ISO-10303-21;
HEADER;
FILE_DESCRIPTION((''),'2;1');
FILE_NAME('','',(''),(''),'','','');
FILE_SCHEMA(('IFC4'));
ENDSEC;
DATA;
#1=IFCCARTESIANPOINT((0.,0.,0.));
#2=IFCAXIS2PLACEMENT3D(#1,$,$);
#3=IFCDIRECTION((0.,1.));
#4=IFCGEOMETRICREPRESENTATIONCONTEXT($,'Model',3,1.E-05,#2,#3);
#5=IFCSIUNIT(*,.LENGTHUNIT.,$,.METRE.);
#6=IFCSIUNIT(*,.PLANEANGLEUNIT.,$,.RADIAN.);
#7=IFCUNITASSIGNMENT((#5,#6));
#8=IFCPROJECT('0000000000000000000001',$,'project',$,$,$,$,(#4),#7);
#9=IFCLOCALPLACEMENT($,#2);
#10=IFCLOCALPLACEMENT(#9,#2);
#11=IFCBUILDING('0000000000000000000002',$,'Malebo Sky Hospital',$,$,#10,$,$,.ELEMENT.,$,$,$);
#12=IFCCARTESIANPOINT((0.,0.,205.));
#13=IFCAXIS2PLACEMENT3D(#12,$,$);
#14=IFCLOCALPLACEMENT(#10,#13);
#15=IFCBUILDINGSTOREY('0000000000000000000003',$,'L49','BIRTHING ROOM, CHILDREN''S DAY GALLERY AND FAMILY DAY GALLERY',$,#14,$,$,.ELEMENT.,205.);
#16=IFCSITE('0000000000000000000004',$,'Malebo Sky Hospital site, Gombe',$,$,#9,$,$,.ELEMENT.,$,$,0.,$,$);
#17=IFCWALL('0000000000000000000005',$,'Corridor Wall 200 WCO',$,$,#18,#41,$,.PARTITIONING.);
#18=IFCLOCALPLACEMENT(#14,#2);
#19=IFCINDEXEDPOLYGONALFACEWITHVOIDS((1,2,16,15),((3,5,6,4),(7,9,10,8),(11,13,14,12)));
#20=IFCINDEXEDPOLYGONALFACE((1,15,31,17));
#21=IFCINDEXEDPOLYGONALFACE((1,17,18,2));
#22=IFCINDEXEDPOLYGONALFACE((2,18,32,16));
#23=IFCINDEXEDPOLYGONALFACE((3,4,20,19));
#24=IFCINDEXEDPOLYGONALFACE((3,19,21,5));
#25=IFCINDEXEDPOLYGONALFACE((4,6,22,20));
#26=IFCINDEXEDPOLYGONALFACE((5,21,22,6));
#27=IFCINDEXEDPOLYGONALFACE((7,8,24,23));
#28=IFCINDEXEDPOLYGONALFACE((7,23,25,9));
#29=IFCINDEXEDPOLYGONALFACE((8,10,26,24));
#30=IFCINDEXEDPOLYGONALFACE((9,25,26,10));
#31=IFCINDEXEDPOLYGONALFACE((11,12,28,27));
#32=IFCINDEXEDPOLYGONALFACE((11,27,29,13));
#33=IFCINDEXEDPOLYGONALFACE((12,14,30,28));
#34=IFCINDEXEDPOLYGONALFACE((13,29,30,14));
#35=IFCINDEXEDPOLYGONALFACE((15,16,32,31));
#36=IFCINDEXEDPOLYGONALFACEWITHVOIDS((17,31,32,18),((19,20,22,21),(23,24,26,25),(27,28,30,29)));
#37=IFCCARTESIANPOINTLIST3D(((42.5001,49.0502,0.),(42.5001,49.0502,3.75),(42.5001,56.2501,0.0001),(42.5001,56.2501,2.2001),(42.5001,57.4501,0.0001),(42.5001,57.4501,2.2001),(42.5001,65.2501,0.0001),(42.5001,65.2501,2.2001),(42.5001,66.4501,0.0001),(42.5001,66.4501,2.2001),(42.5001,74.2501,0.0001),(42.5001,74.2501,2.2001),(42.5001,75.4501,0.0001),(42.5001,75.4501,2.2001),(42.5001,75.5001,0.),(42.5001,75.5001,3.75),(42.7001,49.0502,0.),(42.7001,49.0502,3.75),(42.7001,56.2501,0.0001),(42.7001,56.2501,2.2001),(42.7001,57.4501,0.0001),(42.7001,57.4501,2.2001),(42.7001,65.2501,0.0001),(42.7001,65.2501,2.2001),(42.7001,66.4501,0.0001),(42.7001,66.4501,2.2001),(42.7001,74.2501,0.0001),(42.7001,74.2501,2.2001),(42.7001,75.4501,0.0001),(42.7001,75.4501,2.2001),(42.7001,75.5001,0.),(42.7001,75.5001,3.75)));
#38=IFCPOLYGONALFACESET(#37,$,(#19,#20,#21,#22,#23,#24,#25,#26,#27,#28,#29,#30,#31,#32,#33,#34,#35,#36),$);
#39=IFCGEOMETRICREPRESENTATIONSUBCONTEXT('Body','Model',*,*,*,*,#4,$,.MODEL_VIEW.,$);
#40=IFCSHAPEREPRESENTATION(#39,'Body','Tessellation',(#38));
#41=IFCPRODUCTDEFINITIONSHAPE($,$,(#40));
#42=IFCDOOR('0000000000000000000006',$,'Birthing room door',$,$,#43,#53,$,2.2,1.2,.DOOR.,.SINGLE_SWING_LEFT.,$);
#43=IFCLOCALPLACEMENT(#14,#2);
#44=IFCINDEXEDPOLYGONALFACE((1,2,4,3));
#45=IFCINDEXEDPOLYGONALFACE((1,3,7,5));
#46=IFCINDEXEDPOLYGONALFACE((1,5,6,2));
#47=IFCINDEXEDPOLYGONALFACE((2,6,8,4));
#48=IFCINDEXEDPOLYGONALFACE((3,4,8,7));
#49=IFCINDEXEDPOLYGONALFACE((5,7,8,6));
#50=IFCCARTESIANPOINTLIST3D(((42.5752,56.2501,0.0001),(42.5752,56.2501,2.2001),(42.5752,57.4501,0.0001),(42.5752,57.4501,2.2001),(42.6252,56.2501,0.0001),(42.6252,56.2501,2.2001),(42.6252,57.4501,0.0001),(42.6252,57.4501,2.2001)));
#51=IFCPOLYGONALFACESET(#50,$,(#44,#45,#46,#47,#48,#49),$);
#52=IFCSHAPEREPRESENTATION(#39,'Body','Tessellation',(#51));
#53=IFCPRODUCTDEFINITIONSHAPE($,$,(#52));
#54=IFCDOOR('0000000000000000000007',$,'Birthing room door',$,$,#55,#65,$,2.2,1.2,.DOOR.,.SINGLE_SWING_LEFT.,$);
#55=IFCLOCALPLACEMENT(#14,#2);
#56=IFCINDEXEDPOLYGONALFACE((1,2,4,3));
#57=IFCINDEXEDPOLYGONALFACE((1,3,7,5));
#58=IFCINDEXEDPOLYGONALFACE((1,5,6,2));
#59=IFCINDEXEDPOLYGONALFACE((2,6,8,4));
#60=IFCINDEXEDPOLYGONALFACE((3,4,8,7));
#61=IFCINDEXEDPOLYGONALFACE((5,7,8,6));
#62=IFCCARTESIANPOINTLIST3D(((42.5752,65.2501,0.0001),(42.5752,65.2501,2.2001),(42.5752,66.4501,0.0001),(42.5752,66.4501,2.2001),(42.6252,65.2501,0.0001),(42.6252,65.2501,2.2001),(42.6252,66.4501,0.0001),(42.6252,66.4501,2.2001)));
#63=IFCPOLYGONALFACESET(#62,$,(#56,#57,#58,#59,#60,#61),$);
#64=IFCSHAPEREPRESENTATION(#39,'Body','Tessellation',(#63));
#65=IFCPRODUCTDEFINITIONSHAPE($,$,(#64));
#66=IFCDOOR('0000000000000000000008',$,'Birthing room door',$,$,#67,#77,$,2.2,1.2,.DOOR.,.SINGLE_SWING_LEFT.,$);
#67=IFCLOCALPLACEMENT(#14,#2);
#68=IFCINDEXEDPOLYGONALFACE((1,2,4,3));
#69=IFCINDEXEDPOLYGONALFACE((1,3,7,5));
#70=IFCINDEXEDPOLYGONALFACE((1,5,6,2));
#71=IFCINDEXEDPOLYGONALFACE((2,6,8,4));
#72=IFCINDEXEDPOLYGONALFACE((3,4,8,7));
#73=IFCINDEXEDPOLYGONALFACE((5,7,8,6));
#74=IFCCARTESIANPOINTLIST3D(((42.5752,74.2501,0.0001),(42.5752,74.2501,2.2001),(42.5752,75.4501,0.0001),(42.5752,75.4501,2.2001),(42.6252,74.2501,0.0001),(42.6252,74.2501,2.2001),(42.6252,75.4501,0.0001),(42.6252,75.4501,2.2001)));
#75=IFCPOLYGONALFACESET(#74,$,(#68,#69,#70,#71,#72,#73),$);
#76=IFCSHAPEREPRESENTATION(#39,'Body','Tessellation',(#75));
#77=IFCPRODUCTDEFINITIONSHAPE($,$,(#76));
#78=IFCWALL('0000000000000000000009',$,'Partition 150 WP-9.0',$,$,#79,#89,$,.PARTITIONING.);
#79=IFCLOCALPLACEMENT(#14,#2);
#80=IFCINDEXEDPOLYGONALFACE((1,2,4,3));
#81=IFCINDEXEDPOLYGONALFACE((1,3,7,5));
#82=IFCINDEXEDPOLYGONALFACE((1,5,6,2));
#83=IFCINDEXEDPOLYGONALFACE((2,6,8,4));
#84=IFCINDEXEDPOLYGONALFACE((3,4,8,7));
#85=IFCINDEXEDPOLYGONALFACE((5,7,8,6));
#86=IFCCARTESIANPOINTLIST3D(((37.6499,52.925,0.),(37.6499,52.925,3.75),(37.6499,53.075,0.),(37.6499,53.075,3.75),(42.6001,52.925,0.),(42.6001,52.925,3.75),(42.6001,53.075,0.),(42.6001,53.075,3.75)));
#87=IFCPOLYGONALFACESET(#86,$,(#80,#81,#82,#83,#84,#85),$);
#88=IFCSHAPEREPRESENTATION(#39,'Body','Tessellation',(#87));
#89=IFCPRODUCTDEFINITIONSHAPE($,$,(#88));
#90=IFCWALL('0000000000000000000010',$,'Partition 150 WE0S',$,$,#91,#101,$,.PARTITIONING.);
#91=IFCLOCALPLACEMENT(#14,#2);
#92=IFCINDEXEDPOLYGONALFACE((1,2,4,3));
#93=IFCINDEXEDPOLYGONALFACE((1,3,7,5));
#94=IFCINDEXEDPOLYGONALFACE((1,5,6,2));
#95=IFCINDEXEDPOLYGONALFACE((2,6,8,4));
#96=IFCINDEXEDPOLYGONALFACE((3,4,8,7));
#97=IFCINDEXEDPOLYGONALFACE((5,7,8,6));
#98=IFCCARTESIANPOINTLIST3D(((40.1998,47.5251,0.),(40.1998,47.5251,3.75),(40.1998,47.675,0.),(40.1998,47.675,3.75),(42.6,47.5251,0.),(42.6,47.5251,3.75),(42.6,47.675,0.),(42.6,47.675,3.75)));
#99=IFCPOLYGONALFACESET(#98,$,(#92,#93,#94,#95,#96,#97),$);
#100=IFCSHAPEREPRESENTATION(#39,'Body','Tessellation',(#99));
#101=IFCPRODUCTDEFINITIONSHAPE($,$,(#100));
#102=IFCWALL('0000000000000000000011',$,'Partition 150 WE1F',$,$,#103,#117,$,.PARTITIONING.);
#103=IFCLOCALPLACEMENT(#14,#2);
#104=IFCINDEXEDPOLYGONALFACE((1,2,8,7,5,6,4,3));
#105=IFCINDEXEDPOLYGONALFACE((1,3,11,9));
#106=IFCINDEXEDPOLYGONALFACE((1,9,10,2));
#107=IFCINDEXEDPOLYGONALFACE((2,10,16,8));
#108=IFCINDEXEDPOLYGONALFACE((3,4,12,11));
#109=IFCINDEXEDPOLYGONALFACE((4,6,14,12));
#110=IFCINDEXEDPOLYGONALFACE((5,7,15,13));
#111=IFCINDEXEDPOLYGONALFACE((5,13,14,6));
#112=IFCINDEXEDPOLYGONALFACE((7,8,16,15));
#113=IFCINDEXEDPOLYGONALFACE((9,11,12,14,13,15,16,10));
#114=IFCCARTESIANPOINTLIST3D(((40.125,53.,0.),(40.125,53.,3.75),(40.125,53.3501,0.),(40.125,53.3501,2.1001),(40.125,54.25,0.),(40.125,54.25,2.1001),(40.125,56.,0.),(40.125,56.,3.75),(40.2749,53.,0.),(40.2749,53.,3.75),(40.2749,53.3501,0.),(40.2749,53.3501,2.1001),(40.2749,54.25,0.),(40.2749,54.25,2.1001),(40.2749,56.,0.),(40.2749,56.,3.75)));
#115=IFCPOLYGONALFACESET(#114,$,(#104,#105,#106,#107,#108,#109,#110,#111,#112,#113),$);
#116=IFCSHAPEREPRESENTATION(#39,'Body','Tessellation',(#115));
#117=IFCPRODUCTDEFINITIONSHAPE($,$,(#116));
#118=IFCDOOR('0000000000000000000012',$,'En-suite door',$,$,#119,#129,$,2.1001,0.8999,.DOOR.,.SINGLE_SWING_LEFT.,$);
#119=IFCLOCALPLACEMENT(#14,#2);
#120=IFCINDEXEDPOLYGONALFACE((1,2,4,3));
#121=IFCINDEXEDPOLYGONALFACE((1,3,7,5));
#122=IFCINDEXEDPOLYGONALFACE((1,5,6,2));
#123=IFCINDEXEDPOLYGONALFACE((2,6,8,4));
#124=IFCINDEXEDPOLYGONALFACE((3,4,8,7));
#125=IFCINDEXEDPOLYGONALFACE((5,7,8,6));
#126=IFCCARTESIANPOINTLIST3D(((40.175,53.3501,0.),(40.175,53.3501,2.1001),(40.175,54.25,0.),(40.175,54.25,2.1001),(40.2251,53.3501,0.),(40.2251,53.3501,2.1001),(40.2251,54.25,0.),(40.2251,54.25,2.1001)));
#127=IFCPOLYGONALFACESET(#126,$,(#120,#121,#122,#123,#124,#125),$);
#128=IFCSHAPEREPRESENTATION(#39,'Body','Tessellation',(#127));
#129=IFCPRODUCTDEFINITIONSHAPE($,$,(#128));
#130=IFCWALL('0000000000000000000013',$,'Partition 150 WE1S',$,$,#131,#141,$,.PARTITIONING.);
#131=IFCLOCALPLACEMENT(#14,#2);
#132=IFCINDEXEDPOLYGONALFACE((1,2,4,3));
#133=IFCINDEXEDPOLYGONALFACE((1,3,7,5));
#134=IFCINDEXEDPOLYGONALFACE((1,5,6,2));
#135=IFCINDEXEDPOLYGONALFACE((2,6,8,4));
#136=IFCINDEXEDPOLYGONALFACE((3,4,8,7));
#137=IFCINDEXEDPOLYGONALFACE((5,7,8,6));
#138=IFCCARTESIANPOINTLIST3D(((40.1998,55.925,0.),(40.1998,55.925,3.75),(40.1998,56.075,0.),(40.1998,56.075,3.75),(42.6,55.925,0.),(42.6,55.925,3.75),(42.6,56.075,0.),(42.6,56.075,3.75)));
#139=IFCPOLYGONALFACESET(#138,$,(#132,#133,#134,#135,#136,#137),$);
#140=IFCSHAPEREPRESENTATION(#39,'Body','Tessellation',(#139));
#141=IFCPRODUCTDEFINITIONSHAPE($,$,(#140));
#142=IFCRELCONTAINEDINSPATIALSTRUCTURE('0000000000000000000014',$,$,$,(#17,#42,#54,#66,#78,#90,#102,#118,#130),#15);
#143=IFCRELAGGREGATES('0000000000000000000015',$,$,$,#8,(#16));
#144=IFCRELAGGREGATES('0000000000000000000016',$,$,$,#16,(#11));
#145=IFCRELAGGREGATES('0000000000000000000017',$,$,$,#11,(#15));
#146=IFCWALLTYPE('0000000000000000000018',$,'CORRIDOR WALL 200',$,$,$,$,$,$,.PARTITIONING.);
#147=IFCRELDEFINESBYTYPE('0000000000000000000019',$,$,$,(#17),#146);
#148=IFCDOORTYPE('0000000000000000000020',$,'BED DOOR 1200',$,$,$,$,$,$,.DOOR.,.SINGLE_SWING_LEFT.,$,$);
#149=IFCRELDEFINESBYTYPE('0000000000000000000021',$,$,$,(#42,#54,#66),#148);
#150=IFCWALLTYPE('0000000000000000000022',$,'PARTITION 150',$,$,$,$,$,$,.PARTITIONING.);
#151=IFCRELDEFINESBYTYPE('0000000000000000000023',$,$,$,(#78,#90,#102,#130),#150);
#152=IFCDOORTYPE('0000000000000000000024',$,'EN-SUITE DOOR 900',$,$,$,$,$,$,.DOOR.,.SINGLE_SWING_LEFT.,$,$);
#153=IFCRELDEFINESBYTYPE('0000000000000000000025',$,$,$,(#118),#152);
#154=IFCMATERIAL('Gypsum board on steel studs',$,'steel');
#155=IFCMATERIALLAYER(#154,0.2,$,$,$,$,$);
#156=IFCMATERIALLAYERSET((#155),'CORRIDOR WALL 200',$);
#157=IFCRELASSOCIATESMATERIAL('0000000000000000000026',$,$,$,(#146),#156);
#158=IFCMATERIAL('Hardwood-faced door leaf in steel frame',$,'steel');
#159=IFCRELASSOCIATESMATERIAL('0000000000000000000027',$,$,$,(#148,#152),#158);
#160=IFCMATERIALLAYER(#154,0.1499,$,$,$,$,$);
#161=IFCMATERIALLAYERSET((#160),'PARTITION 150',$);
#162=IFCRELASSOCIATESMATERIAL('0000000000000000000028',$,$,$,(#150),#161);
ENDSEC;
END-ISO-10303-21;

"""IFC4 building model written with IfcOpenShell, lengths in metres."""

from ifc_helpers import new_model, si_unit, direction, frame, frame_2d, origin, place, context, subcontext, project, spatial, rectangle, extrude, material, layer, layer_set, type_object, element, fill, save


model = new_model("IFC4")

# Units and contexts
model_context = context("Model", 3, precision=1e-05, world=origin(), true_north=direction((0.0, 1.0)))
body_context = subcontext(model_context, "Body", "Model", "MODEL_VIEW")
ifc_project = project(units=[si_unit("LENGTHUNIT", "METRE"), si_unit("PLANEANGLEUNIT", "RADIAN")], contexts=[model_context])

# Site, building, storey
site_placement = place(None, origin())
site = spatial("IfcSite", under=ifc_project, at=site_placement, Name="Malebo Sky Hospital site, Gombe", CompositionType="ELEMENT", RefElevation=0.0)
building_placement = place(site_placement, origin())
building = spatial("IfcBuilding", under=site, at=building_placement, Name="Malebo Sky Hospital", CompositionType="ELEMENT")
storey_placement = place(building_placement, frame((0.0, 0.0, 205.0)))
storey = spatial("IfcBuildingStorey", under=building, at=storey_placement, Name="L49", Description="BIRTHING ROOM, CHILDREN'S DAY GALLERY AND FAMILY DAY GALLERY", CompositionType="ELEMENT", Elevation=205.0)

# Wall, openings, doors
ifc_material_1 = material(Name="Gypsum board on steel studs", Category="steel")
ifc_layer_1 = layer(ifc_material_1, 0.2)
ifc_layer_set_1 = layer_set([ifc_layer_1], Name="CORRIDOR WALL 200")
wall_type_1 = type_object("IfcWallType", Name="CORRIDOR WALL 200", PredefinedType="PARTITIONING", material=ifc_layer_set_1)
wall_1_placement = place(storey_placement, frame((42.6001, 49.05, 0.0), z_axis=(0.0, 0.0, 1.0), x_axis=(0.0, 1.0, 0.0)))
wall_1 = element("IfcWall", 1, at=wall_1_placement, inside=storey, type_object=wall_type_1, Name="Corridor Wall 200 WCO", PredefinedType="PARTITIONING", context=body_context, shape_type="SweptSolid", body=[
    extrude(rectangle(XDim=26.45, YDim=0.2, at=frame_2d((13.2251, 0.0))), origin(), (0.0, 0.0, 1.0), 3.75),
])
opening_1_placement = place(wall_1_placement, frame((7.2, 0.0, 0.0)))
opening_1 = element("IfcOpeningElement", 2, at=opening_1_placement, cuts=wall_1, PredefinedType="OPENING", context=body_context, shape_type="SweptSolid", body=[
    extrude(rectangle(XDim=1.2, YDim=2.2, at=frame_2d((0.6001, 1.1001))), frame((0.0, 0.1099, 0.0), z_axis=(0.0, -1.0, 0.0), x_axis=(1.0, 0.0, 0.0)), (0.0, 0.0, 1.0), 0.22),
])
opening_2_placement = place(wall_1_placement, frame((16.2, 0.0, 0.0)))
opening_2 = element("IfcOpeningElement", 3, at=opening_2_placement, cuts=wall_1, PredefinedType="OPENING", context=body_context, shape_type="SweptSolid", body=[
    extrude(rectangle(XDim=1.2, YDim=2.2, at=frame_2d((0.6001, 1.1001))), frame((0.0, 0.1099, 0.0), z_axis=(0.0, -1.0, 0.0), x_axis=(1.0, 0.0, 0.0)), (0.0, 0.0, 1.0), 0.22),
])
opening_3_placement = place(wall_1_placement, frame((25.2, 0.0, 0.0)))
opening_3 = element("IfcOpeningElement", 4, at=opening_3_placement, cuts=wall_1, PredefinedType="OPENING", context=body_context, shape_type="SweptSolid", body=[
    extrude(rectangle(XDim=1.2, YDim=2.2, at=frame_2d((0.6001, 1.1001))), frame((0.0, 0.1099, 0.0), z_axis=(0.0, -1.0, 0.0), x_axis=(1.0, 0.0, 0.0)), (0.0, 0.0, 1.0), 0.22),
])
ifc_material_2 = material(Name="Hardwood-faced door leaf in steel frame", Category="steel")
door_type_1 = type_object("IfcDoorType", Name="BED DOOR 1200", OperationType="SINGLE_SWING_LEFT", PredefinedType="DOOR", material=ifc_material_2)
door_1_placement = place(opening_1_placement, origin())
door_1 = element("IfcDoor", 5, at=door_1_placement, inside=storey, type_object=door_type_1, Name="Birthing room door", OperationType="SINGLE_SWING_LEFT", OverallHeight=2.2, OverallWidth=1.2, PredefinedType="DOOR", context=body_context, shape_type="SweptSolid", body=[
    extrude(rectangle(XDim=1.2, YDim=2.2, at=frame_2d((0.6001, 1.1001))), frame((0.0, 0.0249, 0.0), z_axis=(0.0, -1.0, 0.0), x_axis=(1.0, 0.0, 0.0)), (0.0, 0.0, 1.0), 0.05),
])
fill(opening_1, door_1)
door_2_placement = place(opening_2_placement, origin())
door_2 = element("IfcDoor", 6, at=door_2_placement, inside=storey, type_object=door_type_1, Name="Birthing room door", OperationType="SINGLE_SWING_LEFT", OverallHeight=2.2, OverallWidth=1.2, PredefinedType="DOOR", context=body_context, shape_type="SweptSolid", body=[
    extrude(rectangle(XDim=1.2, YDim=2.2, at=frame_2d((0.6001, 1.1001))), frame((0.0, 0.0249, 0.0), z_axis=(0.0, -1.0, 0.0), x_axis=(1.0, 0.0, 0.0)), (0.0, 0.0, 1.0), 0.05),
])
fill(opening_2, door_2)
door_3_placement = place(opening_3_placement, origin())
door_3 = element("IfcDoor", 7, at=door_3_placement, inside=storey, type_object=door_type_1, Name="Birthing room door", OperationType="SINGLE_SWING_LEFT", OverallHeight=2.2, OverallWidth=1.2, PredefinedType="DOOR", context=body_context, shape_type="SweptSolid", body=[
    extrude(rectangle(XDim=1.2, YDim=2.2, at=frame_2d((0.6001, 1.1001))), frame((0.0, 0.0249, 0.0), z_axis=(0.0, -1.0, 0.0), x_axis=(1.0, 0.0, 0.0)), (0.0, 0.0, 1.0), 0.05),
])
fill(opening_3, door_3)

# Walls
ifc_layer_2 = layer(ifc_material_1, 0.1499)
ifc_layer_set_2 = layer_set([ifc_layer_2], Name="PARTITION 150")
wall_type_2 = type_object("IfcWallType", Name="PARTITION 150", PredefinedType="PARTITIONING", material=ifc_layer_set_2)
wall_2_placement = place(storey_placement, frame((42.6001, 53.0, 0.0), z_axis=(0.0, 0.0, 1.0), x_axis=(-1.0, 0.0, 0.0)))
element("IfcWall", 8, at=wall_2_placement, inside=storey, type_object=wall_type_2, Name="Partition 150 WP-9.0", PredefinedType="PARTITIONING", context=body_context, shape_type="SweptSolid", body=[
    extrude(rectangle(XDim=4.9502, YDim=0.1499, at=frame_2d((2.4751, 0.0))), origin(), (0.0, 0.0, 1.0), 3.75),
])
wall_3_placement = place(storey_placement, frame((42.6001, 47.6001, 0.0), z_axis=(0.0, 0.0, 1.0), x_axis=(-1.0, 0.0, 0.0)))
element("IfcWall", 9, at=wall_3_placement, inside=storey, type_object=wall_type_2, Name="Partition 150 WE0S", PredefinedType="PARTITIONING", context=body_context, shape_type="SweptSolid", body=[
    extrude(rectangle(XDim=2.4001, YDim=0.1499, at=frame_2d((1.2002, 0.0))), origin(), (0.0, 0.0, 1.0), 3.75),
])

# Wall, opening, door
wall_4_placement = place(storey_placement, frame((40.2, 53.0, 0.0), z_axis=(0.0, 0.0, 1.0), x_axis=(0.0, 1.0, 0.0)))
wall_4 = element("IfcWall", 10, at=wall_4_placement, inside=storey, type_object=wall_type_2, Name="Partition 150 WE1F", PredefinedType="PARTITIONING", context=body_context, shape_type="SweptSolid", body=[
    extrude(rectangle(XDim=3.0, YDim=0.1499, at=frame_2d((1.5, 0.0))), origin(), (0.0, 0.0, 1.0), 3.75),
])
opening_4_placement = place(wall_4_placement, frame((0.3501, 0.0, 0.0)))
opening_4 = element("IfcOpeningElement", 11, at=opening_4_placement, cuts=wall_4, PredefinedType="OPENING", context=body_context, shape_type="SweptSolid", body=[
    extrude(rectangle(XDim=0.8999, YDim=2.1001, at=frame_2d((0.45, 1.05))), frame((0.0, 0.085, 0.0), z_axis=(0.0, -1.0, 0.0), x_axis=(1.0, 0.0, 0.0)), (0.0, 0.0, 1.0), 0.1699),
])
door_type_2 = type_object("IfcDoorType", Name="EN-SUITE DOOR 900", OperationType="SINGLE_SWING_LEFT", PredefinedType="DOOR", material=ifc_material_2)
door_4_placement = place(opening_4_placement, origin())
door_4 = element("IfcDoor", 12, at=door_4_placement, inside=storey, type_object=door_type_2, Name="En-suite door", OperationType="SINGLE_SWING_LEFT", OverallHeight=2.1001, OverallWidth=0.8999, PredefinedType="DOOR", context=body_context, shape_type="SweptSolid", body=[
    extrude(rectangle(XDim=0.8999, YDim=2.1001, at=frame_2d((0.45, 1.05))), frame((0.0, 0.0249, 0.0), z_axis=(0.0, -1.0, 0.0), x_axis=(1.0, 0.0, 0.0)), (0.0, 0.0, 1.0), 0.05),
])
fill(opening_4, door_4)

# Wall
wall_5_placement = place(storey_placement, frame((42.6001, 56.0, 0.0), z_axis=(0.0, 0.0, 1.0), x_axis=(-1.0, 0.0, 0.0)))
element("IfcWall", 13, at=wall_5_placement, inside=storey, type_object=wall_type_2, Name="Partition 150 WE1S", PredefinedType="PARTITIONING", context=body_context, shape_type="SweptSolid", body=[
    extrude(rectangle(XDim=2.4001, YDim=0.1499, at=frame_2d((1.2002, 0.0))), origin(), (0.0, 0.0, 1.0), 3.75),
])

save(model, "model.ifc")
